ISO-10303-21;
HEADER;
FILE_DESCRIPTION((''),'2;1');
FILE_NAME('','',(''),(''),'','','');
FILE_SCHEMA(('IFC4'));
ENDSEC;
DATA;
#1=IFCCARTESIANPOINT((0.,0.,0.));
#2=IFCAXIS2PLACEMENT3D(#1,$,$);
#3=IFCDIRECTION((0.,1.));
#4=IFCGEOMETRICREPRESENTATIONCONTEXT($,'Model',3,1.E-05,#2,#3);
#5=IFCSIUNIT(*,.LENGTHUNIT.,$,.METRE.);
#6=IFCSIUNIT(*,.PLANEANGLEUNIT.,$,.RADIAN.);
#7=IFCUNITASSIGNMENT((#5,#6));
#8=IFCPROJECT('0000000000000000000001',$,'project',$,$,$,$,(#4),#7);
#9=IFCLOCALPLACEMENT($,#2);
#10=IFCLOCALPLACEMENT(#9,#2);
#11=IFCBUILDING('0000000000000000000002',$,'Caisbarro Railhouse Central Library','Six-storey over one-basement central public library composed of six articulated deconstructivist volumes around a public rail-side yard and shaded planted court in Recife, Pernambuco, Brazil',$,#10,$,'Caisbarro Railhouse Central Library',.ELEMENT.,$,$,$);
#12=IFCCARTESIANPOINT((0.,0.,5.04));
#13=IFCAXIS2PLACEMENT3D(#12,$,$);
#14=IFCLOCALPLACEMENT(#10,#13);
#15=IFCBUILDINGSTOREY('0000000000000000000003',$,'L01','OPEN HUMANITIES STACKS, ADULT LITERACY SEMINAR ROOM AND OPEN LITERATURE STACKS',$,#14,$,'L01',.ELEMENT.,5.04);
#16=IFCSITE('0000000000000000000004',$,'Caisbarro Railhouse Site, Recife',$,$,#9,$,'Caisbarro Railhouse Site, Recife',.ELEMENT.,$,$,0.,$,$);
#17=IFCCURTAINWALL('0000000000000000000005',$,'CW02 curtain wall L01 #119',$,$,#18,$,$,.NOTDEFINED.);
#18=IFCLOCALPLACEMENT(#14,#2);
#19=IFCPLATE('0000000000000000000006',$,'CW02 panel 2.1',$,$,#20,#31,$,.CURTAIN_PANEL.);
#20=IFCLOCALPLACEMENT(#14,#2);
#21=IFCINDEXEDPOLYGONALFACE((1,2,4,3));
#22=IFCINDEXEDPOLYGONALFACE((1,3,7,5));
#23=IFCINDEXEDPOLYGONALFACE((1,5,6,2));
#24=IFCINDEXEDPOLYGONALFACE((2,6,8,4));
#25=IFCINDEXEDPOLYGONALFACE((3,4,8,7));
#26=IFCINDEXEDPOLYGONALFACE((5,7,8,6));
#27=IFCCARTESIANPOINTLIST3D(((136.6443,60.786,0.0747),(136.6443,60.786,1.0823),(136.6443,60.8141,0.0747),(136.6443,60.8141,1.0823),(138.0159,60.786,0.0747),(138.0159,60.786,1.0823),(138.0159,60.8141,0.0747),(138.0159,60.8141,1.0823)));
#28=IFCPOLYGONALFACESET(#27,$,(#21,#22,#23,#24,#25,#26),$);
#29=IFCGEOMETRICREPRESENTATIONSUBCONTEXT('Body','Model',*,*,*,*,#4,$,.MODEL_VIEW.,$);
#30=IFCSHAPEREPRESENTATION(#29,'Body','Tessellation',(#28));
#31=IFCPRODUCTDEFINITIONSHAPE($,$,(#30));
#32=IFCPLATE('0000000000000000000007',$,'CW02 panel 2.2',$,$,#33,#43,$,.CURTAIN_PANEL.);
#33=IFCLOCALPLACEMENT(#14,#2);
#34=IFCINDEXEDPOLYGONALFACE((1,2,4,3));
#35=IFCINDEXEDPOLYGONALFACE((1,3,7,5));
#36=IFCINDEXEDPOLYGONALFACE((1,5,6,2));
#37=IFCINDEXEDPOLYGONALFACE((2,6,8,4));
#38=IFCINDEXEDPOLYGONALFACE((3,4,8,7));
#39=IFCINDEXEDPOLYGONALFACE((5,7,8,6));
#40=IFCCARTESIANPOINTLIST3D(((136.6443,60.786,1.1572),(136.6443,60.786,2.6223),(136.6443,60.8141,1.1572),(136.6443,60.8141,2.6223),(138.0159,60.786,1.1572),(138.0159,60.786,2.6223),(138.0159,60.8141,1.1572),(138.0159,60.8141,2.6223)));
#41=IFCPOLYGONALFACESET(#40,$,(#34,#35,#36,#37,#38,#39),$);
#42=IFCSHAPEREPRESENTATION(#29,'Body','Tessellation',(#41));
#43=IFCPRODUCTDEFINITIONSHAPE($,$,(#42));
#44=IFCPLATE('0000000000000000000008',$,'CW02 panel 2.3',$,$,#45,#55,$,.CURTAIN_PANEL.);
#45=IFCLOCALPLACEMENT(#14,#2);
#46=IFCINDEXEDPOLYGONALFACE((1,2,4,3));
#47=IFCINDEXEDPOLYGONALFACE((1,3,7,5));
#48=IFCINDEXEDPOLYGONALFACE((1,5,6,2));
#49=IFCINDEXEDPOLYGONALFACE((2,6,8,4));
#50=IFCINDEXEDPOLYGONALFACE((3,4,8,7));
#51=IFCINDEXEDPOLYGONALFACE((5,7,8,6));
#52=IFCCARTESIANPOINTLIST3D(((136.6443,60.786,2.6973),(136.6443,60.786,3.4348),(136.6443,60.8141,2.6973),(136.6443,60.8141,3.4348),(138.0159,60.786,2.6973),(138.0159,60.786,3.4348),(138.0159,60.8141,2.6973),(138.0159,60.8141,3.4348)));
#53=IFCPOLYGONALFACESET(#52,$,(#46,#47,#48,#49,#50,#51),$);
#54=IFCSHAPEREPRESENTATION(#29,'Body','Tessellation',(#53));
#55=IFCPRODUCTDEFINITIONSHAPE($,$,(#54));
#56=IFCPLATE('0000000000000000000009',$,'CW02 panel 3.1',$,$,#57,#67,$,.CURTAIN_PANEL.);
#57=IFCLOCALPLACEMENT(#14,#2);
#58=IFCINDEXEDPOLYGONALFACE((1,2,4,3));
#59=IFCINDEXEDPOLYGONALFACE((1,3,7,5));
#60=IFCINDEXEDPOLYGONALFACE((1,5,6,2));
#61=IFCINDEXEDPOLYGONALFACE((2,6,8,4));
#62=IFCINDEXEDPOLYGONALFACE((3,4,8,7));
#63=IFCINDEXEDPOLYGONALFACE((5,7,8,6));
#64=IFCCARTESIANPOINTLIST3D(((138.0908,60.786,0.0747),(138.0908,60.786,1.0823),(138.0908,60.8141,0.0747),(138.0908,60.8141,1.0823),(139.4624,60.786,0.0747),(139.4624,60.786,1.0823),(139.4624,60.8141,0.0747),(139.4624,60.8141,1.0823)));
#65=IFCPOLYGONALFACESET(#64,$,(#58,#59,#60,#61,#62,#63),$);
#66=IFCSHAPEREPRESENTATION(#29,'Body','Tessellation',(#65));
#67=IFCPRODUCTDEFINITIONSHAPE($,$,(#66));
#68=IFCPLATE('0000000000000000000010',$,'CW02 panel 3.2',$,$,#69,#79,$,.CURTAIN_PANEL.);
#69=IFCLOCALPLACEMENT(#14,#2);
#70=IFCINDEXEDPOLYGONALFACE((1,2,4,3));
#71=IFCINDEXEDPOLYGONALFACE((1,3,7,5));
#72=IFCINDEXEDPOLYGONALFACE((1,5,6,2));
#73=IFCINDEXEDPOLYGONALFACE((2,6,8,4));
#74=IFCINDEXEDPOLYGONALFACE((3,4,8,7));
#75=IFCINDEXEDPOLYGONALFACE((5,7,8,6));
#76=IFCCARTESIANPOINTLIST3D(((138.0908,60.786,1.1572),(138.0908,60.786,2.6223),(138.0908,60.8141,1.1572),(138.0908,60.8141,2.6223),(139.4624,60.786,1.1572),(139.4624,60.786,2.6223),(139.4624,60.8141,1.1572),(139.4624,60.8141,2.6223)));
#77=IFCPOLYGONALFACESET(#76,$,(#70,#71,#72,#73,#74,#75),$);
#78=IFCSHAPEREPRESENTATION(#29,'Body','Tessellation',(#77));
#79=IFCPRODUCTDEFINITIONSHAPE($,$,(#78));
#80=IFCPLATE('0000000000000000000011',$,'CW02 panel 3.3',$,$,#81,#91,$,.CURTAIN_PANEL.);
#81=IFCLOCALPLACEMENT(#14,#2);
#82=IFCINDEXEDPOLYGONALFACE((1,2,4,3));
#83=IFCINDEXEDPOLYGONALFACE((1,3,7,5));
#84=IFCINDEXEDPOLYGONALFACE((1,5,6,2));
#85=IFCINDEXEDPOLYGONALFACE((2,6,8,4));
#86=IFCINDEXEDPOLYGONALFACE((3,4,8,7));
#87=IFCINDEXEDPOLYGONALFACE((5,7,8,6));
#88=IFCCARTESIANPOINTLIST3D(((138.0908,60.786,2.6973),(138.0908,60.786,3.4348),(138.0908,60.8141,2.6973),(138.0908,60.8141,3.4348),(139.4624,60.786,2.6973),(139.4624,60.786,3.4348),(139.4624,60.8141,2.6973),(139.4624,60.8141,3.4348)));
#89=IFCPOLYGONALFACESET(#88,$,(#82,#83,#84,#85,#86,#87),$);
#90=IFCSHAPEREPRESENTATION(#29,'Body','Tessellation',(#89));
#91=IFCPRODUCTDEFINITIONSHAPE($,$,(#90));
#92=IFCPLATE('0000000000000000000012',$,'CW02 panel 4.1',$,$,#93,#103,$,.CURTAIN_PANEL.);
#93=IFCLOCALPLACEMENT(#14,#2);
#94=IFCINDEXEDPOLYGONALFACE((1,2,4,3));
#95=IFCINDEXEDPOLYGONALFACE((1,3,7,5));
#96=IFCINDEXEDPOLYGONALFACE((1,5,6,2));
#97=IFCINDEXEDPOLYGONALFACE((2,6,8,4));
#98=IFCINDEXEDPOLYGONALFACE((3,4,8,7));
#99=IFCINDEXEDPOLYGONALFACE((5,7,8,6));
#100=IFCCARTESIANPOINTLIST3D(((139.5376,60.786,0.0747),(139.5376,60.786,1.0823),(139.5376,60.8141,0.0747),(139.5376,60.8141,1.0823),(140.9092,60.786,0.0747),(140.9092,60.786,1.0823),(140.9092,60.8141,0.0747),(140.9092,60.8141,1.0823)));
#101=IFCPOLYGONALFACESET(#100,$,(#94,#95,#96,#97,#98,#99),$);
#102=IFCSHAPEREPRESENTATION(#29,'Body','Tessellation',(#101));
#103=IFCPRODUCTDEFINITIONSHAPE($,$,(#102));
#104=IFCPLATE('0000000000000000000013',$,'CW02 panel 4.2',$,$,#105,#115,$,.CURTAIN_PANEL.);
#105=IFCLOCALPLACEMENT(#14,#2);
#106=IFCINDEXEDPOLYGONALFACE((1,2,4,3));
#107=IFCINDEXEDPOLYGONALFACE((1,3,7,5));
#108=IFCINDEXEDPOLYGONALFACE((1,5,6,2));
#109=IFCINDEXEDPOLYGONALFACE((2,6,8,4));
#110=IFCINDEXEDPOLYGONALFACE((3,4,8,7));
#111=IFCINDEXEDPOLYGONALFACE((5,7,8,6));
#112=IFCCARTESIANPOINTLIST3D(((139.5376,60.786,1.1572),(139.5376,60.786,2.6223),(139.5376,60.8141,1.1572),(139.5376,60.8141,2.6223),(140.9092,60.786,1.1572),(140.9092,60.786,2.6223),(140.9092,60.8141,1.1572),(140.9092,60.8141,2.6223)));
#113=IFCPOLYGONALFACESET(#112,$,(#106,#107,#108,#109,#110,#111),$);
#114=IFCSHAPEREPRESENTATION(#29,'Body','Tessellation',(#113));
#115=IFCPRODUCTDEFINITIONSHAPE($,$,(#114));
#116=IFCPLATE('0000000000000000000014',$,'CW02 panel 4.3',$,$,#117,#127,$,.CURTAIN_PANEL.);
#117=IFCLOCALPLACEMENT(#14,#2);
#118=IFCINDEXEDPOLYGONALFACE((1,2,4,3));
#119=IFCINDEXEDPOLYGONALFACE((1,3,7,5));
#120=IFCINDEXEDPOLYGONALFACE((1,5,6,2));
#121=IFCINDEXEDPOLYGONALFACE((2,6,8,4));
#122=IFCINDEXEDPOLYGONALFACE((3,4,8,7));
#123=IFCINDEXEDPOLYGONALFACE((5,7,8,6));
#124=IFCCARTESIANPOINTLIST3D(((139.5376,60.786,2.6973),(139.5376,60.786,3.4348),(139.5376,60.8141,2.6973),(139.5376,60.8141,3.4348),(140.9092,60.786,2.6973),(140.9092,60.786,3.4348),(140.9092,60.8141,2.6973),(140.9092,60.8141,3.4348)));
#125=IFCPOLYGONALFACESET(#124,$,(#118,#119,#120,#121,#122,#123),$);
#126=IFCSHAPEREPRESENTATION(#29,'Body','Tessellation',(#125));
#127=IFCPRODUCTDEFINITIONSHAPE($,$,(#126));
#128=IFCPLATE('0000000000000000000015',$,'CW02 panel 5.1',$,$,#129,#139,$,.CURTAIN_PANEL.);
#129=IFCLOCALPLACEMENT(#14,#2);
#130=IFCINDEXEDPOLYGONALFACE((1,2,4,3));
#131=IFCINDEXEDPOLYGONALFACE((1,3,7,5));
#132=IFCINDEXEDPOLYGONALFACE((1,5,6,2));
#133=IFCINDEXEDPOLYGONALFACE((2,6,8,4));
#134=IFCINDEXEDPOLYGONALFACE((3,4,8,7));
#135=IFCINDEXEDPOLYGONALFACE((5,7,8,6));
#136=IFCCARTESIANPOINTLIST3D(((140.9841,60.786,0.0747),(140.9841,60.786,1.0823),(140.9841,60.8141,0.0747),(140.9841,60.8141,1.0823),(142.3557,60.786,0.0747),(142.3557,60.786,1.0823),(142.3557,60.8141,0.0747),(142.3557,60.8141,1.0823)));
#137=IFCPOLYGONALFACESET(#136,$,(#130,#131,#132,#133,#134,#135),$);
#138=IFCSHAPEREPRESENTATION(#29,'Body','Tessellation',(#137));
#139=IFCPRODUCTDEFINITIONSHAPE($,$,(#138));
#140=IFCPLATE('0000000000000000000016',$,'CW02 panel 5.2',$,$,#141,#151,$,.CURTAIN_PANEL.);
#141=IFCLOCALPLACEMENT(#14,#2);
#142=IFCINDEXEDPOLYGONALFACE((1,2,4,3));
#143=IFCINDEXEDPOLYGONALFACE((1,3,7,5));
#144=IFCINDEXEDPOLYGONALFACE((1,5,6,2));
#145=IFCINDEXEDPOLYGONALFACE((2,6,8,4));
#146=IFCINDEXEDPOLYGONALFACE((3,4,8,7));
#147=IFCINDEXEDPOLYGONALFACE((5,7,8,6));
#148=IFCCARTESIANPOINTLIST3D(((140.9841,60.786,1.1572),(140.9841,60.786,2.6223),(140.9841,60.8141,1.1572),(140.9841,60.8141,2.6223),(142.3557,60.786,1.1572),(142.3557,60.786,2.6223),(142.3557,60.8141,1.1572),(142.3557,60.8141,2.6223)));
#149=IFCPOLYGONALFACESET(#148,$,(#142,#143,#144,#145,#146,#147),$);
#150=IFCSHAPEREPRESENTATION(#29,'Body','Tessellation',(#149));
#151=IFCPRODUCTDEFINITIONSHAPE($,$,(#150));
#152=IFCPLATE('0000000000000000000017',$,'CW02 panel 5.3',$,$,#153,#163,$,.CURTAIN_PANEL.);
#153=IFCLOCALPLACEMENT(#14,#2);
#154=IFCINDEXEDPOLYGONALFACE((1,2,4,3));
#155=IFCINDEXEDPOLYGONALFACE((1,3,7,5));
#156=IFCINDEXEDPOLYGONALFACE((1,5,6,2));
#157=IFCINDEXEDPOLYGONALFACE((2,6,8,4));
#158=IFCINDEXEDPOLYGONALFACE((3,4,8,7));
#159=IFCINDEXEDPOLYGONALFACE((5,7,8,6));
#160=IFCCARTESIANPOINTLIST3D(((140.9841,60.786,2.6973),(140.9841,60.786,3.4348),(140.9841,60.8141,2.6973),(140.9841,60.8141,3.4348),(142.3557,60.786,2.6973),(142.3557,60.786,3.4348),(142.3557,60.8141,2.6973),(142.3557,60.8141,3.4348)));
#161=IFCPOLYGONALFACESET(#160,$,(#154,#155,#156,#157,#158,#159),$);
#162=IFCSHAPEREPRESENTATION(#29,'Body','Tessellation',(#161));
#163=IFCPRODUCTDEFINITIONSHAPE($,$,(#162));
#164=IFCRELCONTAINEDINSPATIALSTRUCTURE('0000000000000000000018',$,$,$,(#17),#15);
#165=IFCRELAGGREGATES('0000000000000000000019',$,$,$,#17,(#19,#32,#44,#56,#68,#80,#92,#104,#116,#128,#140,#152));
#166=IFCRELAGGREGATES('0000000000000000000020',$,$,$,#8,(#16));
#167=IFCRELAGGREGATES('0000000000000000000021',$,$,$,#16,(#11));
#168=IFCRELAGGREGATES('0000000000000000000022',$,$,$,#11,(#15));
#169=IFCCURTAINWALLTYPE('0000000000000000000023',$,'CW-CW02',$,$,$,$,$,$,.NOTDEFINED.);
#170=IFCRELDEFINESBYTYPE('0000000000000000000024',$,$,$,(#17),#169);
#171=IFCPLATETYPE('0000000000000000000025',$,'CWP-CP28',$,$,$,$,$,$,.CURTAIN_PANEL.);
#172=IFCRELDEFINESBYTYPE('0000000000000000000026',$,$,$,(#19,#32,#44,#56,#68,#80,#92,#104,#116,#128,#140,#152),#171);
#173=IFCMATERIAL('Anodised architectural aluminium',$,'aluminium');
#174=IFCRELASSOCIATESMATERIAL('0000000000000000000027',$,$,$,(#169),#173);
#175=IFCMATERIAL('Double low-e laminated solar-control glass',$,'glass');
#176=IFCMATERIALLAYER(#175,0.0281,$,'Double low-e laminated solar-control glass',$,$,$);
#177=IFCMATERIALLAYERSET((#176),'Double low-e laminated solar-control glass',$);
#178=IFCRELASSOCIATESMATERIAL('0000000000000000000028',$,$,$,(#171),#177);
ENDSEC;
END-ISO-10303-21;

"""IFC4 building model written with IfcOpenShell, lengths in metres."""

from ifc_helpers import new_model, si_unit, direction, frame, origin, origin_2d, place, context, subcontext, project, spatial, rectangle, extrude, material, layer, layer_set, type_object, element, aggregate, save


model = new_model("IFC4")

# Units and contexts
model_context = context("Model", 3, precision=1e-05, world=origin(), true_north=direction((0.0, 1.0)))
body_context = subcontext(model_context, "Body", "Model", "MODEL_VIEW")
ifc_project = project(units=[si_unit("LENGTHUNIT", "METRE"), si_unit("PLANEANGLEUNIT", "RADIAN")], contexts=[model_context])

# Site, building, storey
site_placement = place(None, origin())
site = spatial("IfcSite", under=ifc_project, at=site_placement, Name="Caisbarro Railhouse Site, Recife", LongName="Caisbarro Railhouse Site, Recife", CompositionType="ELEMENT", RefElevation=0.0)
building_placement = place(site_placement, origin())
building = spatial("IfcBuilding", under=site, at=building_placement, Name="Caisbarro Railhouse Central Library", Description="Six-storey over one-basement central public library composed of six articulated deconstructivist volumes around a public rail-side yard and shaded planted court in Recife, Pernambuco, Brazil", LongName="Caisbarro Railhouse Central Library", CompositionType="ELEMENT")
storey_placement = place(building_placement, frame((0.0, 0.0, 5.04)))
storey = spatial("IfcBuildingStorey", under=building, at=storey_placement, Name="L01", Description="OPEN HUMANITIES STACKS, ADULT LITERACY SEMINAR ROOM AND OPEN LITERATURE STACKS", LongName="L01", CompositionType="ELEMENT", Elevation=5.04)

# Curtain wall, plates
ifc_material_1 = material(Name="Anodised architectural aluminium", Category="aluminium")
curtain_wall_type = type_object("IfcCurtainWallType", Name="CW-CW02", PredefinedType="NOTDEFINED", material=ifc_material_1)
curtain_wall_placement = place(storey_placement, origin())
curtain_wall = element("IfcCurtainWall", 1, at=curtain_wall_placement, inside=storey, type_object=curtain_wall_type, Name="CW02 curtain wall L01 #119", PredefinedType="NOTDEFINED")
ifc_material_2 = material(Name="Double low-e laminated solar-control glass", Category="glass")
ifc_layer = layer(ifc_material_2, 0.0281, Name="Double low-e laminated solar-control glass")
ifc_layer_set = layer_set([ifc_layer], Name="Double low-e laminated solar-control glass")
plate_type = type_object("IfcPlateType", Name="CWP-CP28", PredefinedType="CURTAIN_PANEL", material=ifc_layer_set)
plate_1_placement = place(storey_placement, frame((137.3301, 60.8, 0.0747), z_axis=(0.0, 0.0, 1.0), x_axis=(1.0, 0.0, 0.0)))
plate_1 = element("IfcPlate", 2, at=plate_1_placement, type_object=plate_type, Name="CW02 panel 2.1", PredefinedType="CURTAIN_PANEL", context=body_context, shape_type="SweptSolid", body=[
    extrude(rectangle(XDim=1.3716, YDim=0.0281, at=origin_2d()), origin(), (0.0, 0.0, 1.0), 1.0076),
])
plate_2_placement = place(storey_placement, frame((137.3301, 60.8, 1.1572), z_axis=(0.0, 0.0, 1.0), x_axis=(1.0, 0.0, 0.0)))
plate_2 = element("IfcPlate", 3, at=plate_2_placement, type_object=plate_type, Name="CW02 panel 2.2", PredefinedType="CURTAIN_PANEL", context=body_context, shape_type="SweptSolid", body=[
    extrude(rectangle(XDim=1.3716, YDim=0.0281, at=origin_2d()), origin(), (0.0, 0.0, 1.0), 1.4651),
])
plate_3_placement = place(storey_placement, frame((137.3301, 60.8, 2.6973), z_axis=(0.0, 0.0, 1.0), x_axis=(1.0, 0.0, 0.0)))
plate_3 = element("IfcPlate", 4, at=plate_3_placement, type_object=plate_type, Name="CW02 panel 2.3", PredefinedType="CURTAIN_PANEL", context=body_context, shape_type="SweptSolid", body=[
    extrude(rectangle(XDim=1.3716, YDim=0.0281, at=origin_2d()), origin(), (0.0, 0.0, 1.0), 0.7375),
])
plate_4_placement = place(storey_placement, frame((138.7766, 60.8, 0.0747), z_axis=(0.0, 0.0, 1.0), x_axis=(1.0, 0.0, 0.0)))
plate_4 = element("IfcPlate", 5, at=plate_4_placement, type_object=plate_type, Name="CW02 panel 3.1", PredefinedType="CURTAIN_PANEL", context=body_context, shape_type="SweptSolid", body=[
    extrude(rectangle(XDim=1.3716, YDim=0.0281, at=origin_2d()), origin(), (0.0, 0.0, 1.0), 1.0076),
])
plate_5_placement = place(storey_placement, frame((138.7766, 60.8, 1.1572), z_axis=(0.0, 0.0, 1.0), x_axis=(1.0, 0.0, 0.0)))
plate_5 = element("IfcPlate", 6, at=plate_5_placement, type_object=plate_type, Name="CW02 panel 3.2", PredefinedType="CURTAIN_PANEL", context=body_context, shape_type="SweptSolid", body=[
    extrude(rectangle(XDim=1.3716, YDim=0.0281, at=origin_2d()), origin(), (0.0, 0.0, 1.0), 1.4651),
])
plate_6_placement = place(storey_placement, frame((138.7766, 60.8, 2.6973), z_axis=(0.0, 0.0, 1.0), x_axis=(1.0, 0.0, 0.0)))
plate_6 = element("IfcPlate", 7, at=plate_6_placement, type_object=plate_type, Name="CW02 panel 3.3", PredefinedType="CURTAIN_PANEL", context=body_context, shape_type="SweptSolid", body=[
    extrude(rectangle(XDim=1.3716, YDim=0.0281, at=origin_2d()), origin(), (0.0, 0.0, 1.0), 0.7375),
])
plate_7_placement = place(storey_placement, frame((140.2234, 60.8, 0.0747), z_axis=(0.0, 0.0, 1.0), x_axis=(1.0, 0.0, 0.0)))
plate_7 = element("IfcPlate", 8, at=plate_7_placement, type_object=plate_type, Name="CW02 panel 4.1", PredefinedType="CURTAIN_PANEL", context=body_context, shape_type="SweptSolid", body=[
    extrude(rectangle(XDim=1.3716, YDim=0.0281, at=origin_2d()), origin(), (0.0, 0.0, 1.0), 1.0076),
])
plate_8_placement = place(storey_placement, frame((140.2234, 60.8, 1.1572), z_axis=(0.0, 0.0, 1.0), x_axis=(1.0, 0.0, 0.0)))
plate_8 = element("IfcPlate", 9, at=plate_8_placement, type_object=plate_type, Name="CW02 panel 4.2", PredefinedType="CURTAIN_PANEL", context=body_context, shape_type="SweptSolid", body=[
    extrude(rectangle(XDim=1.3716, YDim=0.0281, at=origin_2d()), origin(), (0.0, 0.0, 1.0), 1.4651),
])
plate_9_placement = place(storey_placement, frame((140.2234, 60.8, 2.6973), z_axis=(0.0, 0.0, 1.0), x_axis=(1.0, 0.0, 0.0)))
plate_9 = element("IfcPlate", 10, at=plate_9_placement, type_object=plate_type, Name="CW02 panel 4.3", PredefinedType="CURTAIN_PANEL", context=body_context, shape_type="SweptSolid", body=[
    extrude(rectangle(XDim=1.3716, YDim=0.0281, at=origin_2d()), origin(), (0.0, 0.0, 1.0), 0.7375),
])
plate_10_placement = place(storey_placement, frame((141.6699, 60.8, 0.0747), z_axis=(0.0, 0.0, 1.0), x_axis=(1.0, 0.0, 0.0)))
plate_10 = element("IfcPlate", 11, at=plate_10_placement, type_object=plate_type, Name="CW02 panel 5.1", PredefinedType="CURTAIN_PANEL", context=body_context, shape_type="SweptSolid", body=[
    extrude(rectangle(XDim=1.3716, YDim=0.0281, at=origin_2d()), origin(), (0.0, 0.0, 1.0), 1.0076),
])
plate_11_placement = place(storey_placement, frame((141.6699, 60.8, 1.1572), z_axis=(0.0, 0.0, 1.0), x_axis=(1.0, 0.0, 0.0)))
plate_11 = element("IfcPlate", 12, at=plate_11_placement, type_object=plate_type, Name="CW02 panel 5.2", PredefinedType="CURTAIN_PANEL", context=body_context, shape_type="SweptSolid", body=[
    extrude(rectangle(XDim=1.3716, YDim=0.0281, at=origin_2d()), origin(), (0.0, 0.0, 1.0), 1.4651),
])
plate_12_placement = place(storey_placement, frame((141.6699, 60.8, 2.6973), z_axis=(0.0, 0.0, 1.0), x_axis=(1.0, 0.0, 0.0)))
plate_12 = element("IfcPlate", 13, at=plate_12_placement, type_object=plate_type, Name="CW02 panel 5.3", PredefinedType="CURTAIN_PANEL", context=body_context, shape_type="SweptSolid", body=[
    extrude(rectangle(XDim=1.3716, YDim=0.0281, at=origin_2d()), origin(), (0.0, 0.0, 1.0), 0.7375),
])
aggregate(curtain_wall, [plate_1, plate_2, plate_3, plate_4, plate_5, plate_6, plate_7, plate_8, plate_9, plate_10, plate_11, plate_12])

save(model, "model.ifc")
